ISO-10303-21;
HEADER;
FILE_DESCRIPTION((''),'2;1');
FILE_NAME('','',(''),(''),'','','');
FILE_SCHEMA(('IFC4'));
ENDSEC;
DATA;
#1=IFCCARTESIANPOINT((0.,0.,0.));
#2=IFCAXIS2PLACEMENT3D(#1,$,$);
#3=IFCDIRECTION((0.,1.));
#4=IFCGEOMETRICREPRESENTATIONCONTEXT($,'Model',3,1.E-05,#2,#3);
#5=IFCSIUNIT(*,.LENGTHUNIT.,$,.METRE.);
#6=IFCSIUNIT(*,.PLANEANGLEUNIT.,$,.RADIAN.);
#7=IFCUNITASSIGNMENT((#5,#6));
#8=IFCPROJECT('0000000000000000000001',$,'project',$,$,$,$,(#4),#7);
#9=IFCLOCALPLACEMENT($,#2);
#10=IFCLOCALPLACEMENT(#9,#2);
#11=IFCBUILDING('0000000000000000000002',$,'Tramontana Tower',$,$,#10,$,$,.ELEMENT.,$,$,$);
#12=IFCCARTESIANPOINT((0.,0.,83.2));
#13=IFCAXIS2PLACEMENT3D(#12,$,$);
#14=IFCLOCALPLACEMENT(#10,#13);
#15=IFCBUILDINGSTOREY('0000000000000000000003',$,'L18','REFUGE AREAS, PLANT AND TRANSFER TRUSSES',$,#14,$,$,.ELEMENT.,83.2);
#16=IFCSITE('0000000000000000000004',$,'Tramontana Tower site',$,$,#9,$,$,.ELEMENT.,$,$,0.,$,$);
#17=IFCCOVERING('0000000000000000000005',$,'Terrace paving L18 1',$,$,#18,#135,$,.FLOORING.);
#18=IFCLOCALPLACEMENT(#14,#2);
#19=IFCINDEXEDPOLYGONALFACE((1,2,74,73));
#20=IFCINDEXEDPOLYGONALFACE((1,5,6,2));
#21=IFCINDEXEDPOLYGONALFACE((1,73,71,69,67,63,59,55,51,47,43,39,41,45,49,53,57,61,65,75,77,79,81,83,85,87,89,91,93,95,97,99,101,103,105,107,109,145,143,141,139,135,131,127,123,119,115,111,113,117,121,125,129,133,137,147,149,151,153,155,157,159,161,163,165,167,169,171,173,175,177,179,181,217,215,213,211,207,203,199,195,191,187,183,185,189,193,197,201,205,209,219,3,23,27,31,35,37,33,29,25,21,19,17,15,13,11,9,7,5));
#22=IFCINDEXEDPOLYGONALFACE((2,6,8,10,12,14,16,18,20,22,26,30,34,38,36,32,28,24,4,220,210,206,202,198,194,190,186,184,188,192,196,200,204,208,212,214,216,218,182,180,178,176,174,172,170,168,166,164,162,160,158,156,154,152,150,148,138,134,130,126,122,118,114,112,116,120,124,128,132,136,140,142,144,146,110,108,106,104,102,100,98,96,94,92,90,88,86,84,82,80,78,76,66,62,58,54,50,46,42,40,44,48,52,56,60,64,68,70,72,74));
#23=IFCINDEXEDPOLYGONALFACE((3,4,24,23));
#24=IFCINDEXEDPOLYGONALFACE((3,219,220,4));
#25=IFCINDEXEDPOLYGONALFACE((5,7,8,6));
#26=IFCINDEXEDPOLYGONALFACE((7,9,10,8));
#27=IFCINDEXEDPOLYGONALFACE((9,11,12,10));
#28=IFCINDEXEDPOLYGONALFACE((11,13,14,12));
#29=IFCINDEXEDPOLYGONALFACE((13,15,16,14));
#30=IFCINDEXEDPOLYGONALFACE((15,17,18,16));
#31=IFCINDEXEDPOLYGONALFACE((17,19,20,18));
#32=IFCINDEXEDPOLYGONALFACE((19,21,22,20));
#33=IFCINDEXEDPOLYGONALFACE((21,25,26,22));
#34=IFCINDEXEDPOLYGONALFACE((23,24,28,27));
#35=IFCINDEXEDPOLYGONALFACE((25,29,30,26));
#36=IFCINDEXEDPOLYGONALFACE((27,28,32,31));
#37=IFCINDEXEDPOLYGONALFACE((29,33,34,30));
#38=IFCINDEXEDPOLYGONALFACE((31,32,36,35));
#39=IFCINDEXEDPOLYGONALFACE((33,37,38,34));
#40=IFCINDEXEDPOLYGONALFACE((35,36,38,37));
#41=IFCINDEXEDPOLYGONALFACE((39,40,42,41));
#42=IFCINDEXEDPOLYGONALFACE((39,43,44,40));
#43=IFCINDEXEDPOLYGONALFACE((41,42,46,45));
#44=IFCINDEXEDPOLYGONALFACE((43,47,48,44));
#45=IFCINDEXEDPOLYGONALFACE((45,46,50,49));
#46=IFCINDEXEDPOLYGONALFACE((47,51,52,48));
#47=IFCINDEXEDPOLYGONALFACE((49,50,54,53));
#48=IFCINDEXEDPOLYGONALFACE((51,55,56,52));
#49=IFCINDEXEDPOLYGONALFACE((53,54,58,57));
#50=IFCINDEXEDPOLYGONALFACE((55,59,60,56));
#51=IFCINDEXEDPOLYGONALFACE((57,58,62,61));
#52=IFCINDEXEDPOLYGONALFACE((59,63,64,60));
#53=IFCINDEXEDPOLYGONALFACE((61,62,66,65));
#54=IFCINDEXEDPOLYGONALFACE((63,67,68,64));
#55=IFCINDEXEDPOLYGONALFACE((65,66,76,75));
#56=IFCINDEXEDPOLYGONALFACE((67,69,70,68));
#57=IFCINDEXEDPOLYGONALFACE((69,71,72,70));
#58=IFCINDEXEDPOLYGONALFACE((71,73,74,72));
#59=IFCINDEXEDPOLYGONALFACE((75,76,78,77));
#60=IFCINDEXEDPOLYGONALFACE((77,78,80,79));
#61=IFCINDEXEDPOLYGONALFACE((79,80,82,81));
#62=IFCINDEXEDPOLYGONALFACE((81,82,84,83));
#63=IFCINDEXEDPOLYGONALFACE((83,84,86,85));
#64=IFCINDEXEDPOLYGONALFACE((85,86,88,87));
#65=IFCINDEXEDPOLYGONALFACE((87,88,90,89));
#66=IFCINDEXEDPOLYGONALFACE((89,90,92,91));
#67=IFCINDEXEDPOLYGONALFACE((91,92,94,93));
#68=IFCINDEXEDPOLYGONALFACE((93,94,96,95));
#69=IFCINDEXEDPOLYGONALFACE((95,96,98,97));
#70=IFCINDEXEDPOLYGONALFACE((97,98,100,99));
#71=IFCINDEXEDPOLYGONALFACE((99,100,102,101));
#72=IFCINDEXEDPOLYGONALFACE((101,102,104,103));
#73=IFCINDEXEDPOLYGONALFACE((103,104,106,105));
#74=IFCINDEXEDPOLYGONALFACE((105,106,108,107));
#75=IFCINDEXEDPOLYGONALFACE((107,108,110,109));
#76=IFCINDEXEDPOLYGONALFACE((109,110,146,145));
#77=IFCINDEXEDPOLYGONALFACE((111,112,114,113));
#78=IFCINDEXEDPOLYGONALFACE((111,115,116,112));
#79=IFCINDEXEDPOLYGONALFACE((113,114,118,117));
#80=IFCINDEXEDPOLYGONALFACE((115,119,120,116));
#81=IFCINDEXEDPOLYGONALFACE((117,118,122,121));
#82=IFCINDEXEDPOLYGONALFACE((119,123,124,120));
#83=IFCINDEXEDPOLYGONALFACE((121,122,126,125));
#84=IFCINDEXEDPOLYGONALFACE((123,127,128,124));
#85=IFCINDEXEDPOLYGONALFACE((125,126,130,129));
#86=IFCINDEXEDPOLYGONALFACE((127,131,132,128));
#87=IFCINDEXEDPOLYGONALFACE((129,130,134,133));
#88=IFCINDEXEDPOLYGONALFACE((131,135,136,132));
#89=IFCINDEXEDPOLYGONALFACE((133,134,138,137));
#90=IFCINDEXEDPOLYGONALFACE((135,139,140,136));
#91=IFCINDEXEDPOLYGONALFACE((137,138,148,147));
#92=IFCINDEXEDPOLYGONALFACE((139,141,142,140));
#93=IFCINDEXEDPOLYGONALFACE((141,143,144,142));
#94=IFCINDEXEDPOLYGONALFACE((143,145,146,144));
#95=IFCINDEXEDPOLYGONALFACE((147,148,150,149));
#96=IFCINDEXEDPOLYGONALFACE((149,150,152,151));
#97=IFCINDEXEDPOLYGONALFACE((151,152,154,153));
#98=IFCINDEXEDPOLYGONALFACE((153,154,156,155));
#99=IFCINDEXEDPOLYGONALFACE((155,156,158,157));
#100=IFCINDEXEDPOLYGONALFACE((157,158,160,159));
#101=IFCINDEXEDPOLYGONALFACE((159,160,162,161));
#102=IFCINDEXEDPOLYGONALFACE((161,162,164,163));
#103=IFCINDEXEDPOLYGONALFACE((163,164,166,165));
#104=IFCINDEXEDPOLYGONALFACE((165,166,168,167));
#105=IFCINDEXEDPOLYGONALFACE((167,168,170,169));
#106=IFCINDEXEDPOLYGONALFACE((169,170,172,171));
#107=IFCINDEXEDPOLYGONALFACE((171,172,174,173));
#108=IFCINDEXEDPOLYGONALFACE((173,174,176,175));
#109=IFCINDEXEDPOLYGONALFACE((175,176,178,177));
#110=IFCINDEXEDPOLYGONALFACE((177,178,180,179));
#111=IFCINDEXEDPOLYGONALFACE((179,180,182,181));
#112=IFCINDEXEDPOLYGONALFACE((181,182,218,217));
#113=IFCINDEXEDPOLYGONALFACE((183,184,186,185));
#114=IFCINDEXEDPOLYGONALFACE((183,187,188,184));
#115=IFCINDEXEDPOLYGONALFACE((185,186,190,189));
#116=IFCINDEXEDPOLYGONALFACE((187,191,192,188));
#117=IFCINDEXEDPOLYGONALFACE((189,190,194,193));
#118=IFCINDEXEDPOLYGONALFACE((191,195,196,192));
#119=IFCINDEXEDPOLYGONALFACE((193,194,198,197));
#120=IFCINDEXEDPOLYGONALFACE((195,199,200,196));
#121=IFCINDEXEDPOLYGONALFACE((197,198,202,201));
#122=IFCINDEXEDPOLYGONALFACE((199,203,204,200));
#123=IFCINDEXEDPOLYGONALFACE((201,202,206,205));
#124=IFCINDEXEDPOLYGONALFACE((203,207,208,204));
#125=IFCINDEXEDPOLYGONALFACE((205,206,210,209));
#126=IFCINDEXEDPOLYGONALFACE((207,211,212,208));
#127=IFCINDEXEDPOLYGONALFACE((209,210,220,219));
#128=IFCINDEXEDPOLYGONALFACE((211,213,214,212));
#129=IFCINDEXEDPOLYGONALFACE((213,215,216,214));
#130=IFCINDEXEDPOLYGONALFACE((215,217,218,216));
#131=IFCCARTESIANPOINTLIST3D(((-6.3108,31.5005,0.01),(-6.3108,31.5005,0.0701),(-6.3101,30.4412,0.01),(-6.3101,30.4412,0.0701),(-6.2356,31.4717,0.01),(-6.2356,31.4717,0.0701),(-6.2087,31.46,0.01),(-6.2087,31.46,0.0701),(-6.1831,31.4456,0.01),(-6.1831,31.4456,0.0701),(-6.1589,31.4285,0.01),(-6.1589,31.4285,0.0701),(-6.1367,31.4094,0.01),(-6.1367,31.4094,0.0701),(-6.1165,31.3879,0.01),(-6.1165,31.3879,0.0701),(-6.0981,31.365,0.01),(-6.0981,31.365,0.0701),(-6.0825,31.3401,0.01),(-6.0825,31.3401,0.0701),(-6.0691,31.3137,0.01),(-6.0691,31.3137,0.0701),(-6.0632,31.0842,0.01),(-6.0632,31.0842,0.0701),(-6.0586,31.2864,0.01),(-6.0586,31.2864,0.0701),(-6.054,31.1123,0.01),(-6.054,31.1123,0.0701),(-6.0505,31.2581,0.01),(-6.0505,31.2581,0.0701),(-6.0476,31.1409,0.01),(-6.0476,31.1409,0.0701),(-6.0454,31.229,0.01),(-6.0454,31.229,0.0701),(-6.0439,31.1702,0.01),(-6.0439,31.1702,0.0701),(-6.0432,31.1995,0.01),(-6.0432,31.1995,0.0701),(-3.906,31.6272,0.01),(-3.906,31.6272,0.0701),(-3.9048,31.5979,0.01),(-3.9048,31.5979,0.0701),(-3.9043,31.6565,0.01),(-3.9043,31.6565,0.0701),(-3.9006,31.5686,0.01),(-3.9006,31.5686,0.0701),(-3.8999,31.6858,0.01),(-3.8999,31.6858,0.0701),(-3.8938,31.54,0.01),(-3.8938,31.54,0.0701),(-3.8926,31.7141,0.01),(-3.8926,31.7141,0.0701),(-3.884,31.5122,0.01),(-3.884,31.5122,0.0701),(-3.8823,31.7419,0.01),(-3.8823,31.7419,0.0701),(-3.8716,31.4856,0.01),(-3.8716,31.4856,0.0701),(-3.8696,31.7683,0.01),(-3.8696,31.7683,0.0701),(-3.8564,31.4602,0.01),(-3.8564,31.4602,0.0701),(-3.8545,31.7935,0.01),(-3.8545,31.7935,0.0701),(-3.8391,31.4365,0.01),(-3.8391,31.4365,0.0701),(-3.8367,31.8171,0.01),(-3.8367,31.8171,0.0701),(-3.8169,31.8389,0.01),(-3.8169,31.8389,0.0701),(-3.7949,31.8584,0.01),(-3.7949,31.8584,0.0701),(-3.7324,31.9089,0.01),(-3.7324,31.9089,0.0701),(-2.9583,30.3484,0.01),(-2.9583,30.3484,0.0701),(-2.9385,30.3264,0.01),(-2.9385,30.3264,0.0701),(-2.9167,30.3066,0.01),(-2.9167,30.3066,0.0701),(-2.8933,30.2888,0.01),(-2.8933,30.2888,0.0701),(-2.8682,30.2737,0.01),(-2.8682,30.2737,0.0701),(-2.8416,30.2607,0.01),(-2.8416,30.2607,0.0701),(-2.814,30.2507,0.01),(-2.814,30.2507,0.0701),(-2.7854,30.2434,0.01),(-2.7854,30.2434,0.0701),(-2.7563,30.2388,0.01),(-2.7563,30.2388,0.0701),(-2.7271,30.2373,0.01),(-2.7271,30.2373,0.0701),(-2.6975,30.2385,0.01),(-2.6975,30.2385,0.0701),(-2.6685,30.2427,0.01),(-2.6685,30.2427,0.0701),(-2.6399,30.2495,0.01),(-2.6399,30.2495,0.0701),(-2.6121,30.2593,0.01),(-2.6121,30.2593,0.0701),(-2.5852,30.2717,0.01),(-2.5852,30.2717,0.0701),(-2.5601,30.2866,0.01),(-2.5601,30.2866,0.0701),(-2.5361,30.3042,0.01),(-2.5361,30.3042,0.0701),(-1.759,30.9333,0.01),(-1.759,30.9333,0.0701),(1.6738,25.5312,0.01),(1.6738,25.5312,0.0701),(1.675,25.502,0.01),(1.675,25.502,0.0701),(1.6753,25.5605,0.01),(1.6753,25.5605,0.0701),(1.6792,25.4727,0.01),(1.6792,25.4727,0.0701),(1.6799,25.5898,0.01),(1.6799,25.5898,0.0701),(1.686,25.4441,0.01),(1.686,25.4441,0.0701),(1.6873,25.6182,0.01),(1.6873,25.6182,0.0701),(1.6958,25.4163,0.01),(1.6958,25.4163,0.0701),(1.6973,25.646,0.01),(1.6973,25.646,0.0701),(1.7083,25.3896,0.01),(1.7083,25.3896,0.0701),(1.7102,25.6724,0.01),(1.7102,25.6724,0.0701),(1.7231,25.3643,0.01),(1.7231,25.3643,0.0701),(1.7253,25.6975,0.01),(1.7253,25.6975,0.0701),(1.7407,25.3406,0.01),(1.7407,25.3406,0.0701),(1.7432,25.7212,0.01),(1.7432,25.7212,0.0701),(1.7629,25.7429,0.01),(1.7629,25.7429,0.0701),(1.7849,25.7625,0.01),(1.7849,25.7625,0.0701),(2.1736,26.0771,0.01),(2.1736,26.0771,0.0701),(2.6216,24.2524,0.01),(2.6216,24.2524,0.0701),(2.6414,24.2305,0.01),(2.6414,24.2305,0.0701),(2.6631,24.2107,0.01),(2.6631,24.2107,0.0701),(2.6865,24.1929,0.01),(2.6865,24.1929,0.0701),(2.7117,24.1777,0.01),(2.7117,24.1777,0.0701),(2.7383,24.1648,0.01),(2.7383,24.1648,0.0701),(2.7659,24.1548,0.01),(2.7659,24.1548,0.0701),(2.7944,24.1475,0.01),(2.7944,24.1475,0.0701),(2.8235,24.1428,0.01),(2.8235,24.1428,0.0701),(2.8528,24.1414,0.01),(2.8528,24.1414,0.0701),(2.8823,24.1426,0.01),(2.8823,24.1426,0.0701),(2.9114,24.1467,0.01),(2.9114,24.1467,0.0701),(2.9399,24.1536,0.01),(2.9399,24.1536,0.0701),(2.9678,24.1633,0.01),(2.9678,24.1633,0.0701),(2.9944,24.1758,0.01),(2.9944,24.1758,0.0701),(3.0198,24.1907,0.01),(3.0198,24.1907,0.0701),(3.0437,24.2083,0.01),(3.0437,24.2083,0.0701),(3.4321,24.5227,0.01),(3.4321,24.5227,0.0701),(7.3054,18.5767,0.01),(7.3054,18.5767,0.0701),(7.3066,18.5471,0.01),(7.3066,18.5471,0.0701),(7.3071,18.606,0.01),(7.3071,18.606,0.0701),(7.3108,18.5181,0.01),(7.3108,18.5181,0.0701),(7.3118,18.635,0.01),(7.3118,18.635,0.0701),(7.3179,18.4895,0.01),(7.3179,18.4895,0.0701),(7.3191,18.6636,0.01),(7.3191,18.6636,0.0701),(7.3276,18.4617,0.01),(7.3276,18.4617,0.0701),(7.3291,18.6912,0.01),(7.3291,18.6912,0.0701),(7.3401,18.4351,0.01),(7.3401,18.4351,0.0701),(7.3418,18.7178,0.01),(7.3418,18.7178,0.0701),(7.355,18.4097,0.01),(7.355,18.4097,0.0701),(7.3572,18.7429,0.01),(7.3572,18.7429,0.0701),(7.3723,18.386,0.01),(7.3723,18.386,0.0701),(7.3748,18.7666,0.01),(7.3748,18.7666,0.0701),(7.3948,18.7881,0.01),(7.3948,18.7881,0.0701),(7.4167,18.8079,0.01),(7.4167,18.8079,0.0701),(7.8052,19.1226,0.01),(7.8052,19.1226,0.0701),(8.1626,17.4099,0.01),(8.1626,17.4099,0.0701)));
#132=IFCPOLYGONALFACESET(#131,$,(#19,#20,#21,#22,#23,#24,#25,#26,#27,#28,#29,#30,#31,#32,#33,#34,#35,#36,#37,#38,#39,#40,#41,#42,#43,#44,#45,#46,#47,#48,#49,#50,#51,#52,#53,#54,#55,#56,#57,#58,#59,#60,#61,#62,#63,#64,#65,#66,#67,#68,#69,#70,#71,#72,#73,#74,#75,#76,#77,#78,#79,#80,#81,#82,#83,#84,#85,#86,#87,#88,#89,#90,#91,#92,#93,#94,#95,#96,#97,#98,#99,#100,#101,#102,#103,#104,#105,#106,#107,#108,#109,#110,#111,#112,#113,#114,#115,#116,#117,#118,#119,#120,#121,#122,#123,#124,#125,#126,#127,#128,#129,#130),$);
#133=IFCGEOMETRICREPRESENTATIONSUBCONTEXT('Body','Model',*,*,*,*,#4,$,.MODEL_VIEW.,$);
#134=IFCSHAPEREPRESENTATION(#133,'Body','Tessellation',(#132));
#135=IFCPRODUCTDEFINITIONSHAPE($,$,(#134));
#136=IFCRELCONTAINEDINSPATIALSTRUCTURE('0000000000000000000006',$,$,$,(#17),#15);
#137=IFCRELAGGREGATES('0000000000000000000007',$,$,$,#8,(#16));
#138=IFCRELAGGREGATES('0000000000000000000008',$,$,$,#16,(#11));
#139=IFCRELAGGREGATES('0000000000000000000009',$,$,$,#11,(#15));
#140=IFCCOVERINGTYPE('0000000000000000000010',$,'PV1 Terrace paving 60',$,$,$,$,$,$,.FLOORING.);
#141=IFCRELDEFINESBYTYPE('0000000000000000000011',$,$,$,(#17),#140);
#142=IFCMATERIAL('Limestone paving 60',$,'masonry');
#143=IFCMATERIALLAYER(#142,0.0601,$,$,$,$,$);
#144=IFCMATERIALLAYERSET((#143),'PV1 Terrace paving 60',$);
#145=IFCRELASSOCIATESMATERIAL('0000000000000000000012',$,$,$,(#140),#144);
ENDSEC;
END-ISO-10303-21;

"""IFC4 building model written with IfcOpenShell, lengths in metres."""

from ifc_helpers import new_model, si_unit, direction, frame, origin, place, context, subcontext, project, spatial, polyline, outline, extrude, material, layer, layer_set, type_object, element, save


model = new_model("IFC4")

# Units and contexts
model_context = context("Model", 3, precision=1e-05, world=origin(), true_north=direction((0.0, 1.0)))
body_context = subcontext(model_context, "Body", "Model", "MODEL_VIEW")
ifc_project = project(units=[si_unit("LENGTHUNIT", "METRE"), si_unit("PLANEANGLEUNIT", "RADIAN")], contexts=[model_context])

# Site, building, storey
site_placement = place(None, origin())
site = spatial("IfcSite", under=ifc_project, at=site_placement, Name="Tramontana Tower site", CompositionType="ELEMENT", RefElevation=0.0)
building_placement = place(site_placement, origin())
building = spatial("IfcBuilding", under=site, at=building_placement, Name="Tramontana Tower", CompositionType="ELEMENT")
storey_placement = place(building_placement, frame((0.0, 0.0, 83.2)))
storey = spatial("IfcBuildingStorey", under=building, at=storey_placement, Name="L18", Description="REFUGE AREAS, PLANT AND TRANSFER TRUSSES", CompositionType="ELEMENT", Elevation=83.2)

# Covering
ifc_material_1 = material(Name="Limestone paving 60", Category="masonry")
ifc_layer_1 = layer(ifc_material_1, 0.0601)
ifc_layer_set_1 = layer_set([ifc_layer_1], Name="PV1 Terrace paving 60")
covering_type_1 = type_object("IfcCoveringType", Name="PV1 Terrace paving 60", PredefinedType="FLOORING", material=ifc_layer_set_1)
covering_1_placement = place(storey_placement, frame((0.0, 0.0, 0.01)))
element("IfcCovering", 1, at=covering_1_placement, inside=storey, type_object=covering_type_1, Name="Terrace paving L18 1", PredefinedType="FLOORING", context=body_context, shape_type="SweptSolid", body=[
    extrude(outline(polyline([(-3.7324, 31.9089), (-3.7949, 31.8584), (-3.8169, 31.8389), (-3.8367, 31.8171), (-3.8545, 31.7935), (-3.8696, 31.7683), (-3.8823, 31.7419), (-3.8926, 31.7141), (-3.8999, 31.6858), (-3.9043, 31.6565), (-3.906, 31.6272), (-3.9048, 31.5979), (-3.9006, 31.5686), (-3.8938, 31.54), (-3.884, 31.5122), (-3.8716, 31.4856), (-3.8564, 31.4602), (-3.8391, 31.4365), (-2.9583, 30.3484), (-2.9385, 30.3264), (-2.9167, 30.3066), (-2.8933, 30.2888), (-2.8682, 30.2737), (-2.8416, 30.2607), (-2.814, 30.2507), (-2.7854, 30.2434), (-2.7563, 30.2388), (-2.7271, 30.2373), (-2.6975, 30.2385), (-2.6685, 30.2427), (-2.6399, 30.2495), (-2.6121, 30.2593), (-2.5852, 30.2717), (-2.5601, 30.2866), (-2.5361, 30.3042), (-1.759, 30.9333), (2.1736, 26.0771), (1.7849, 25.7625), (1.7629, 25.7429), (1.7432, 25.7212), (1.7253, 25.6975), (1.7102, 25.6724), (1.6973, 25.646), (1.6873, 25.6182), (1.6799, 25.5898), (1.6753, 25.5605), (1.6738, 25.5312), (1.675, 25.502), (1.6792, 25.4727), (1.686, 25.4441), (1.6958, 25.4163), (1.7083, 25.3896), (1.7231, 25.3643), (1.7407, 25.3406), (2.6216, 24.2524), (2.6414, 24.2305), (2.6631, 24.2107), (2.6865, 24.1929), (2.7117, 24.1777), (2.7383, 24.1648), (2.7659, 24.1548), (2.7944, 24.1475), (2.8235, 24.1428), (2.8528, 24.1414), (2.8823, 24.1426), (2.9114, 24.1467), (2.9399, 24.1536), (2.9678, 24.1633), (2.9944, 24.1758), (3.0198, 24.1907), (3.0437, 24.2083), (3.4321, 24.5227), (7.8052, 19.1226), (7.4167, 18.8079), (7.3948, 18.7881), (7.3748, 18.7666), (7.3572, 18.7429), (7.3418, 18.7178), (7.3291, 18.6912), (7.3191, 18.6636), (7.3118, 18.635), (7.3071, 18.606), (7.3054, 18.5767), (7.3066, 18.5471), (7.3108, 18.5181), (7.3179, 18.4895), (7.3276, 18.4617), (7.3401, 18.4351), (7.355, 18.4097), (7.3723, 18.386), (8.1626, 17.4099), (-6.3101, 30.4412), (-6.0632, 31.0842), (-6.054, 31.1123), (-6.0476, 31.1409), (-6.0439, 31.1702), (-6.0432, 31.1995), (-6.0454, 31.229), (-6.0505, 31.2581), (-6.0586, 31.2864), (-6.0691, 31.3137), (-6.0825, 31.3401), (-6.0981, 31.365), (-6.1165, 31.3879), (-6.1367, 31.4094), (-6.1589, 31.4285), (-6.1831, 31.4456), (-6.2087, 31.46), (-6.2356, 31.4717), (-6.3108, 31.5005), (-3.7324, 31.9089)])), origin(), (0.0, 0.0, 1.0), 0.0601),
])

save(model, "model.ifc")
